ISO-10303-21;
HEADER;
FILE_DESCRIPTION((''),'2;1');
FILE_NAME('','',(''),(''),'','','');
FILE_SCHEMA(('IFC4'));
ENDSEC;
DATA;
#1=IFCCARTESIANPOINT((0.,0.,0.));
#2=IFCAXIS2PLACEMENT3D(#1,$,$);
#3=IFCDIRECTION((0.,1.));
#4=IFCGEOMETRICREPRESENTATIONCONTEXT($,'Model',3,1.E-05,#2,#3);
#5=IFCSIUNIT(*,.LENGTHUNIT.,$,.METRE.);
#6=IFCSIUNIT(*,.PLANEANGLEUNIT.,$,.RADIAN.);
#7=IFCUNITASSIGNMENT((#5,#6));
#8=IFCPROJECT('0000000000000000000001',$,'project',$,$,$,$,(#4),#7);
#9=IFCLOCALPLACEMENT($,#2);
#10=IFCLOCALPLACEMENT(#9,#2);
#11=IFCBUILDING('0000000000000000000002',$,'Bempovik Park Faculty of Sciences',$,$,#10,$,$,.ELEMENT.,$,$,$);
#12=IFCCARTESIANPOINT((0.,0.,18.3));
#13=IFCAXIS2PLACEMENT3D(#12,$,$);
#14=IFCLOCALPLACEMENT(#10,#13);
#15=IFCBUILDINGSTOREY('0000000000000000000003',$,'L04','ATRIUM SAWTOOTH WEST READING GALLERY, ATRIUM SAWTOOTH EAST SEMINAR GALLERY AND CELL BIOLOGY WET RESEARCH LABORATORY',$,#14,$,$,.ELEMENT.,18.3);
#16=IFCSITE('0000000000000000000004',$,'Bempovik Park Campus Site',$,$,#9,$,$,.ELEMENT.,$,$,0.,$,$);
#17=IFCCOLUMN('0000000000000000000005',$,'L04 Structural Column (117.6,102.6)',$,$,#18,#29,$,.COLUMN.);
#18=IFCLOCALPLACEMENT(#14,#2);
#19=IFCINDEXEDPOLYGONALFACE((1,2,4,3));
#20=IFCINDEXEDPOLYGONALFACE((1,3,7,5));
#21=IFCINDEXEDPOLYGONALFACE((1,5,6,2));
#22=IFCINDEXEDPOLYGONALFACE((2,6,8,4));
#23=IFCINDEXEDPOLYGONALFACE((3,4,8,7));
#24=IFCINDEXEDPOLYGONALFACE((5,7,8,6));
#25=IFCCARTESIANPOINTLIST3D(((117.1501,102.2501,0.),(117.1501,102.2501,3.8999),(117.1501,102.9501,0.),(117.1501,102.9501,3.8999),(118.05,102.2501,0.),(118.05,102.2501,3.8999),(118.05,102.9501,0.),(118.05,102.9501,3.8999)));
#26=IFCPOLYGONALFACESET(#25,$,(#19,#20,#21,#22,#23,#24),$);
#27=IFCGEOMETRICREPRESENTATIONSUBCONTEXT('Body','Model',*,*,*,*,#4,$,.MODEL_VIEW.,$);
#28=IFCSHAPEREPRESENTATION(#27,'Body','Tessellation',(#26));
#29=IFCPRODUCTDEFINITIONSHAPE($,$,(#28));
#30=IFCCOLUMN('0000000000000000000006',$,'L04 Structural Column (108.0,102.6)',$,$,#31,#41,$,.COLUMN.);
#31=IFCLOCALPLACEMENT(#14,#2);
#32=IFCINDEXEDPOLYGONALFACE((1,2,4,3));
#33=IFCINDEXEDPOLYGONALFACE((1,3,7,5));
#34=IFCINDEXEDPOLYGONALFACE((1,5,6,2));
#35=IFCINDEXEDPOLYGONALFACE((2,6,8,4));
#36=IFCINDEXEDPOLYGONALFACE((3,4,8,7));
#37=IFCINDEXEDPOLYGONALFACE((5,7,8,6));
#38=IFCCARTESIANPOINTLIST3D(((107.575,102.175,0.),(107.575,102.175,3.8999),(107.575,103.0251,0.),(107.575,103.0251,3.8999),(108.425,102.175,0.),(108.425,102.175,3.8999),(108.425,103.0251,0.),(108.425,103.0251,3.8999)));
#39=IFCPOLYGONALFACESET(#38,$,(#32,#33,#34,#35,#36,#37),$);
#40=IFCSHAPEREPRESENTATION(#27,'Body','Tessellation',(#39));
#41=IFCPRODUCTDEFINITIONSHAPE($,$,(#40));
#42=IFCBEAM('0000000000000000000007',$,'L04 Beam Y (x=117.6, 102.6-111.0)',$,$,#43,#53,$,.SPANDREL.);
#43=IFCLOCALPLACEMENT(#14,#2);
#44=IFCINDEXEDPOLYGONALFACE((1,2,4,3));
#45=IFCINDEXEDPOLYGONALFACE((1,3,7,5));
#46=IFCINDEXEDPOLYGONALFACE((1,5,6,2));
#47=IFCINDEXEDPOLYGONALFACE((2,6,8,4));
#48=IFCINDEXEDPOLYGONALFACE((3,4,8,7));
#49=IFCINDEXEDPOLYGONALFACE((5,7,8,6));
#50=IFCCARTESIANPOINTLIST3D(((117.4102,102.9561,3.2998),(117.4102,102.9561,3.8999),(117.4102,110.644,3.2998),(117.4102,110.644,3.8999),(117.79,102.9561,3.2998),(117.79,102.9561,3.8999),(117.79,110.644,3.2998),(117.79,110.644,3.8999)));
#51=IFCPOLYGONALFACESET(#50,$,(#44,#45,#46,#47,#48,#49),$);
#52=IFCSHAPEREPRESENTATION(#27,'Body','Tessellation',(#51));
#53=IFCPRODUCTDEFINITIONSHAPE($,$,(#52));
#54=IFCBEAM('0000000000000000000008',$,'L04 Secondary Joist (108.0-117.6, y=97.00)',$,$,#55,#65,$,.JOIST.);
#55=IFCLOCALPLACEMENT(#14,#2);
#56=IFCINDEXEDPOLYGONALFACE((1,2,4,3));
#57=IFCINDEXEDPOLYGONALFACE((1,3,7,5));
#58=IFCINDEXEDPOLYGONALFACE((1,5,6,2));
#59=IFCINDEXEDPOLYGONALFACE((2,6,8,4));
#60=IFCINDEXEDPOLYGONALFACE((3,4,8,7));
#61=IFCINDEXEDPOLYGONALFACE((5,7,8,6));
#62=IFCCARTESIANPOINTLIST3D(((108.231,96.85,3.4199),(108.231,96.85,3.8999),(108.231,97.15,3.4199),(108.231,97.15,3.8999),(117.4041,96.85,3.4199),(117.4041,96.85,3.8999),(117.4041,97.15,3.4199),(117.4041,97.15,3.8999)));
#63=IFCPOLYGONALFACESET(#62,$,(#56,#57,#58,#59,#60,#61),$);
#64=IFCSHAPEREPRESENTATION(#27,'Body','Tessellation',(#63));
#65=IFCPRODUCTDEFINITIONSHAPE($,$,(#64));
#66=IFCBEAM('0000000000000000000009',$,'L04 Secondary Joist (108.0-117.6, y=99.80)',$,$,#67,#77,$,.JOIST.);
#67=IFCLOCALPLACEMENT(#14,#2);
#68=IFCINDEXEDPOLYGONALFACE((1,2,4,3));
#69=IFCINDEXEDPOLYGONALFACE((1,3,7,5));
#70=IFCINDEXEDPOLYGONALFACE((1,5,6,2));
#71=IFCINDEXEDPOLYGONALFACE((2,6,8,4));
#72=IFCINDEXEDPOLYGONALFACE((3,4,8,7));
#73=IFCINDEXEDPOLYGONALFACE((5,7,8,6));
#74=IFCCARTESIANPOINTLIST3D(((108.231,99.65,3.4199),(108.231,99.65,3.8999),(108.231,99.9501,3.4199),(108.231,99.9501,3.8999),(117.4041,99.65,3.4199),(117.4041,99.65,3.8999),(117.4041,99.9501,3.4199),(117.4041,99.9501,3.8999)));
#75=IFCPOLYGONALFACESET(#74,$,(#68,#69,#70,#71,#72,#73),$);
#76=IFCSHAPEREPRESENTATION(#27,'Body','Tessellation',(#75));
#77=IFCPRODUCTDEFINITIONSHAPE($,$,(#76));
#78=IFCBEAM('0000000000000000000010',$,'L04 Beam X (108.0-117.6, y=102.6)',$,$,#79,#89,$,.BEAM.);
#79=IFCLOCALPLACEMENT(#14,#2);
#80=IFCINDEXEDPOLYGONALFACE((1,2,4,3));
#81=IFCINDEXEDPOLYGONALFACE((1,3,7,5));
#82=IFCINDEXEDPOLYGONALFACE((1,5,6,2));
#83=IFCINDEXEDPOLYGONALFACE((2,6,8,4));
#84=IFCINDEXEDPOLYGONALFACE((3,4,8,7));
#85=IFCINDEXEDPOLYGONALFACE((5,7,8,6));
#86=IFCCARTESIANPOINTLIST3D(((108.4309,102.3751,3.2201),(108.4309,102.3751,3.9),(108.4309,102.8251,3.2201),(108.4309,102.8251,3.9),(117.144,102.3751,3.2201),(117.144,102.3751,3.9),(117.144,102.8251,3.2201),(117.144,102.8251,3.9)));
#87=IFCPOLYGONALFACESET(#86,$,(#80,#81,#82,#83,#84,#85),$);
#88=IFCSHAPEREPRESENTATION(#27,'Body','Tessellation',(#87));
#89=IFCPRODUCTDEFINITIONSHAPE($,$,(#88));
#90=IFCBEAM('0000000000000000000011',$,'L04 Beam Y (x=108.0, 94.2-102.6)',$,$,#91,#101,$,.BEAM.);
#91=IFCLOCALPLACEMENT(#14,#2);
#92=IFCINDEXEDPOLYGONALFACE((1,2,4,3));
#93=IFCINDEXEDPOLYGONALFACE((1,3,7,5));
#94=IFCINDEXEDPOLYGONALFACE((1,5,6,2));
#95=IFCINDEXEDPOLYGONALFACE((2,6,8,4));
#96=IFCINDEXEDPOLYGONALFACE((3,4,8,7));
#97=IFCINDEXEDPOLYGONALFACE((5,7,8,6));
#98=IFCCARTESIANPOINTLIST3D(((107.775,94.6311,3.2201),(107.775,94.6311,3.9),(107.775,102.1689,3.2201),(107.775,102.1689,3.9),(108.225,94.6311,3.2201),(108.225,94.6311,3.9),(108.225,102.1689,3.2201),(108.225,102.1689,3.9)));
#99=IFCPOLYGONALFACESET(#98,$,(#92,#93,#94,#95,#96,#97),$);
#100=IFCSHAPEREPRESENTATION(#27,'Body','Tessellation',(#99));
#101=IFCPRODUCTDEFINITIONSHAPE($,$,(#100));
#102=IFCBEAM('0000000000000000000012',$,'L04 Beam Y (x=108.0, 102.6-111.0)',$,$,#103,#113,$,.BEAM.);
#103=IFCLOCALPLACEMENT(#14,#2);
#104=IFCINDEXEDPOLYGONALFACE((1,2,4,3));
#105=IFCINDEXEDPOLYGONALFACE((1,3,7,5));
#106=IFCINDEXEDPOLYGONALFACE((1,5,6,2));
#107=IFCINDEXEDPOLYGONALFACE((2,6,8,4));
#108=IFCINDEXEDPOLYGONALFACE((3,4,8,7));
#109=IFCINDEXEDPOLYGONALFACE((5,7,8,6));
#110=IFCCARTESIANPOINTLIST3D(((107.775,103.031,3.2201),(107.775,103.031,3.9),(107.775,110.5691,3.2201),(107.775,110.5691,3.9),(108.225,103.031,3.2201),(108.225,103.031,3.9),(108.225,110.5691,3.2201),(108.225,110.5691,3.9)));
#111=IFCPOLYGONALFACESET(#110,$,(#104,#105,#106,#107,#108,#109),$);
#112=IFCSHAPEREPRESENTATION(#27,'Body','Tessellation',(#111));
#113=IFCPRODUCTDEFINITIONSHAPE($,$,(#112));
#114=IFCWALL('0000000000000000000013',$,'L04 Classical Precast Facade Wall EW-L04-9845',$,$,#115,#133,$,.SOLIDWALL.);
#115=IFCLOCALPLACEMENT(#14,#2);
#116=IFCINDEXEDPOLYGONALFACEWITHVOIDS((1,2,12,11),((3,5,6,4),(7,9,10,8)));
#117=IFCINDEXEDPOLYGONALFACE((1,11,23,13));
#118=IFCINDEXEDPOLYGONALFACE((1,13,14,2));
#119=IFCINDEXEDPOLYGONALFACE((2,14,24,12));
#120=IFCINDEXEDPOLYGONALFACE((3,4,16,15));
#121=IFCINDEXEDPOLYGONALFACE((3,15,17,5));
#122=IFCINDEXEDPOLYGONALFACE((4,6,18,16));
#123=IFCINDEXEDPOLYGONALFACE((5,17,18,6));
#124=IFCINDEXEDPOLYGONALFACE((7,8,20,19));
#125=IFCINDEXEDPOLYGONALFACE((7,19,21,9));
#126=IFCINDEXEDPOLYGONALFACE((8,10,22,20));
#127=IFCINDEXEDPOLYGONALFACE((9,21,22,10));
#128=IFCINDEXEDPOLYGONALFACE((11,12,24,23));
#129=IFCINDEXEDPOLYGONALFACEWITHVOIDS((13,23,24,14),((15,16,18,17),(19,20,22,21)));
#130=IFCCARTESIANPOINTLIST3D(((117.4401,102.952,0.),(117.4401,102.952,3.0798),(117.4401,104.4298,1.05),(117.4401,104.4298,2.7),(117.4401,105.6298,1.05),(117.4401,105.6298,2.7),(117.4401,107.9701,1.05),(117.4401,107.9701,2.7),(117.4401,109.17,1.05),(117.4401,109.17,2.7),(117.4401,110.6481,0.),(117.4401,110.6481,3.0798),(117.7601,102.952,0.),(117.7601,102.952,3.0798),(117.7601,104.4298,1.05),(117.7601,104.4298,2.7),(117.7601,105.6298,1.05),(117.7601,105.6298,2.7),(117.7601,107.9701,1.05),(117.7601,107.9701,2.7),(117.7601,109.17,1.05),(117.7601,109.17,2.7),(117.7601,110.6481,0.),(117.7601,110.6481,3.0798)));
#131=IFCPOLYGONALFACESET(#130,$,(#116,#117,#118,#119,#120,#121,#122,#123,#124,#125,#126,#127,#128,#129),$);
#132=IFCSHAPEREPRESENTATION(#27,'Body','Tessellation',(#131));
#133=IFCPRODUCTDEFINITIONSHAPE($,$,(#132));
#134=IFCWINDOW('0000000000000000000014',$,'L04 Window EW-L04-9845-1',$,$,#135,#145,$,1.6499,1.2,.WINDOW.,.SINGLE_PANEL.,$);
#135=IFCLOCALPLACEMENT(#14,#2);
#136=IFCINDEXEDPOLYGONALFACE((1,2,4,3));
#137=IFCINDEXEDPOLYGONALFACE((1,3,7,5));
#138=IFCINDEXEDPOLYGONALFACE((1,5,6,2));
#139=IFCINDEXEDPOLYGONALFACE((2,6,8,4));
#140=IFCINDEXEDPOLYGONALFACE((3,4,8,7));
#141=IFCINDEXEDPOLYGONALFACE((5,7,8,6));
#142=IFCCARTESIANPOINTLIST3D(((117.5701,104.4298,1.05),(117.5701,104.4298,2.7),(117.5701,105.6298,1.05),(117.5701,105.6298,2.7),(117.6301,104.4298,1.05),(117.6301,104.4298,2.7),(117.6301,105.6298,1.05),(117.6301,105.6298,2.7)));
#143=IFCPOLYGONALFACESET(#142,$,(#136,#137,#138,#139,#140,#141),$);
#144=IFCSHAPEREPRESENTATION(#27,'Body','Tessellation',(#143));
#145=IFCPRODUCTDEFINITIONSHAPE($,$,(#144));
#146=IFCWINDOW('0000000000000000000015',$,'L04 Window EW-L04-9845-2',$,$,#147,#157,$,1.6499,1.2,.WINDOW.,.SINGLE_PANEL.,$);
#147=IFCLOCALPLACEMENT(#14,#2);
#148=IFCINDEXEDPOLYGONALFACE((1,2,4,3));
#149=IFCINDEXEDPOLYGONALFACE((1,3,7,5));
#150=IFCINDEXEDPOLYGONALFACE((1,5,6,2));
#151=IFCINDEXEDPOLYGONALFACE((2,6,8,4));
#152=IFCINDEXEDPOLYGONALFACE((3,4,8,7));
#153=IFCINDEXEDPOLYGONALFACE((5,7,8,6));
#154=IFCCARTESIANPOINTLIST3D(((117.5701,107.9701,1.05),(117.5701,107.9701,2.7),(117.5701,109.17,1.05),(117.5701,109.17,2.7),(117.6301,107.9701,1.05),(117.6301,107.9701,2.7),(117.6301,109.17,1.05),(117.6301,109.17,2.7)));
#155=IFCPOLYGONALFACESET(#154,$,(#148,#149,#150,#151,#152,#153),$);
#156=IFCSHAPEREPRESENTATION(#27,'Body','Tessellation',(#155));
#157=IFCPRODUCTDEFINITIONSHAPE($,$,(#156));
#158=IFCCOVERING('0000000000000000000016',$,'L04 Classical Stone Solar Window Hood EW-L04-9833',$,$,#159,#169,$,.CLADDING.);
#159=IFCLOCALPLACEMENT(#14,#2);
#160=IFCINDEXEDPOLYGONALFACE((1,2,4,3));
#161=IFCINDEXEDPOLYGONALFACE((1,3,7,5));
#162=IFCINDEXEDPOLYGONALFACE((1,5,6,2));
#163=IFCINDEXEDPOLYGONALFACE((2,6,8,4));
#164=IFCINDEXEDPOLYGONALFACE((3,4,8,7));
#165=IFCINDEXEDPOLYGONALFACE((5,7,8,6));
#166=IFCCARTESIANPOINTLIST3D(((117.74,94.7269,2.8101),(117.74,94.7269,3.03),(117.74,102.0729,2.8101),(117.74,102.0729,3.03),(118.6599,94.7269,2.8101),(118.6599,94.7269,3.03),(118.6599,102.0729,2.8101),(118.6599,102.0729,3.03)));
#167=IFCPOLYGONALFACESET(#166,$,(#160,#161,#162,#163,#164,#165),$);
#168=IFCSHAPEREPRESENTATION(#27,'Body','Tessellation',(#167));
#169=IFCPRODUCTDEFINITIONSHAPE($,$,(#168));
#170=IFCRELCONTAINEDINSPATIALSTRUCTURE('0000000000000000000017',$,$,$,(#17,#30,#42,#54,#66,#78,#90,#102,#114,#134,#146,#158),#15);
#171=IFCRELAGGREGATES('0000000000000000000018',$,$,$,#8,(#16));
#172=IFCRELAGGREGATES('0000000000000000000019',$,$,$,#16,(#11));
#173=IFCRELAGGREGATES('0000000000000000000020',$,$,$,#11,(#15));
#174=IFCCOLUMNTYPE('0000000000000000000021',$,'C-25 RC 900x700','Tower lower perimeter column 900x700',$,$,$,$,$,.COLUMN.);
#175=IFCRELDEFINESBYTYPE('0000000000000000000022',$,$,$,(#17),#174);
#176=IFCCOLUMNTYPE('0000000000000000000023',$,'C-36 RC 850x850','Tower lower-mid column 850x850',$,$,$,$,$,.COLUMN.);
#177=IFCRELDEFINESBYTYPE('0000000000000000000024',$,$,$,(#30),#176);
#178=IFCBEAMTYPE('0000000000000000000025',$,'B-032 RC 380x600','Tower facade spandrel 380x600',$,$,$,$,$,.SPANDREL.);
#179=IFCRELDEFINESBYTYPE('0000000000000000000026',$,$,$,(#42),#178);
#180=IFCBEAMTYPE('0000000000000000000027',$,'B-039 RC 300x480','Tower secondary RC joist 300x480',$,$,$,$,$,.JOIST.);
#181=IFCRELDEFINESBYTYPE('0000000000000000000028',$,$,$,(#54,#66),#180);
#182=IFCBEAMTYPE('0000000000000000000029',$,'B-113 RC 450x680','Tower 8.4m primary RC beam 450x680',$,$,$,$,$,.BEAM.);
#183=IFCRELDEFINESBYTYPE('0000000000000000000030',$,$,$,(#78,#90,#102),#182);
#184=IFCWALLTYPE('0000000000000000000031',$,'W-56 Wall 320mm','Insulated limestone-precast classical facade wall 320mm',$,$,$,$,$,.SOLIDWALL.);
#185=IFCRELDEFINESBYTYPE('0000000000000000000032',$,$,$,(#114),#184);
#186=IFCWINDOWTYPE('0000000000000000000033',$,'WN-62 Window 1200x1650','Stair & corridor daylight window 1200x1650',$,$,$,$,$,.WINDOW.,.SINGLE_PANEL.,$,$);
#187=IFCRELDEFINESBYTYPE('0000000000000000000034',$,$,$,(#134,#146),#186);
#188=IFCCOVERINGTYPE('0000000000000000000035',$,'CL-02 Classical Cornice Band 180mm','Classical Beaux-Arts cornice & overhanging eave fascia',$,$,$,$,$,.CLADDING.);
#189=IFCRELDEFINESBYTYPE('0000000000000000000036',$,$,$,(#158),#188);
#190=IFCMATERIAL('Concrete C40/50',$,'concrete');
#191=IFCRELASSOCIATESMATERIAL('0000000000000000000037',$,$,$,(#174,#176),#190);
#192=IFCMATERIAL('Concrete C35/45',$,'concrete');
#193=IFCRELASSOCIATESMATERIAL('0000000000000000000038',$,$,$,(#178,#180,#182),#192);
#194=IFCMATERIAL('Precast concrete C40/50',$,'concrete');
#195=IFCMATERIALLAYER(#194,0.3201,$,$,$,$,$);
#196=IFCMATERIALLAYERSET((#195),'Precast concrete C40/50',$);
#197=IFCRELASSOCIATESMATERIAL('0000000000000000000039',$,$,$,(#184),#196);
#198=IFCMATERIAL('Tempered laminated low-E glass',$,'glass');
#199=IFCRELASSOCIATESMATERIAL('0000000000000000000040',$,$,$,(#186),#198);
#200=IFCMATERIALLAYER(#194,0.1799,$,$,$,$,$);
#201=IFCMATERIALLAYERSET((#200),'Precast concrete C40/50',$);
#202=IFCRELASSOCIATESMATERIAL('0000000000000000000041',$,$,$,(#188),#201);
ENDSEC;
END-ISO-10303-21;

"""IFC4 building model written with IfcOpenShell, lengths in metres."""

from ifc_helpers import new_model, si_unit, direction, frame, frame_2d, origin, origin_2d, place, context, subcontext, project, spatial, rectangle, extrude, material, layer, layer_set, material_profile, profile_set, type_object, element, fill, save


model = new_model("IFC4")

# Units and contexts
model_context = context("Model", 3, precision=1e-05, world=origin(), true_north=direction((0.0, 1.0)))
body_context = subcontext(model_context, "Body", "Model", "MODEL_VIEW")
ifc_project = project(units=[si_unit("LENGTHUNIT", "METRE"), si_unit("PLANEANGLEUNIT", "RADIAN")], contexts=[model_context])

# Site, building, storey
site_placement = place(None, origin())
site = spatial("IfcSite", under=ifc_project, at=site_placement, Name="Bempovik Park Campus Site", CompositionType="ELEMENT", RefElevation=0.0)
building_placement = place(site_placement, origin())
building = spatial("IfcBuilding", under=site, at=building_placement, Name="Bempovik Park Faculty of Sciences", CompositionType="ELEMENT")
storey_placement = place(building_placement, frame((0.0, 0.0, 18.3)))
storey = spatial("IfcBuildingStorey", under=building, at=storey_placement, Name="L04", Description="ATRIUM SAWTOOTH WEST READING GALLERY, ATRIUM SAWTOOTH EAST SEMINAR GALLERY AND CELL BIOLOGY WET RESEARCH LABORATORY", CompositionType="ELEMENT", Elevation=18.3)

# Columns
ifc_material_1 = material(Name="Concrete C40/50", Category="concrete")
ifc_material_profile_1 = material_profile(ifc_material_1, rectangle(XDim=0.8999, YDim=0.7, at=origin_2d()), Name="RC 900x700")
ifc_profile_set_1 = profile_set([ifc_material_profile_1], Name="Concrete C40/50")
column_type_1 = type_object("IfcColumnType", Name="C-25 RC 900x700", Description="Tower lower perimeter column 900x700", PredefinedType="COLUMN", material=ifc_profile_set_1)
column_1_placement = place(storey_placement, frame((117.6001, 102.6001, 0.0), z_axis=(0.0, 0.0, 1.0), x_axis=(1.0, 0.0, 0.0)))
element("IfcColumn", 1, at=column_1_placement, inside=storey, type_object=column_type_1, Name="L04 Structural Column (117.6,102.6)", PredefinedType="COLUMN", context=body_context, shape_type="SweptSolid", body=[
    extrude(rectangle(XDim=0.8999, YDim=0.7, at=origin_2d()), origin(), (0.0, 0.0, 1.0), 3.8999),
])
ifc_material_profile_2 = material_profile(ifc_material_1, rectangle(XDim=0.8501, YDim=0.8501, at=origin_2d()), Name="RC 850x850")
ifc_profile_set_2 = profile_set([ifc_material_profile_2], Name="Concrete C40/50")
column_type_2 = type_object("IfcColumnType", Name="C-36 RC 850x850", Description="Tower lower-mid column 850x850", PredefinedType="COLUMN", material=ifc_profile_set_2)
column_2_placement = place(storey_placement, frame((108.0, 102.6001, 0.0), z_axis=(0.0, 0.0, 1.0), x_axis=(1.0, 0.0, 0.0)))
element("IfcColumn", 2, at=column_2_placement, inside=storey, type_object=column_type_2, Name="L04 Structural Column (108.0,102.6)", PredefinedType="COLUMN", context=body_context, shape_type="SweptSolid", body=[
    extrude(rectangle(XDim=0.8501, YDim=0.8501, at=origin_2d()), origin(), (0.0, 0.0, 1.0), 3.8999),
])

# Beams
ifc_material_2 = material(Name="Concrete C35/45", Category="concrete")
ifc_material_profile_3 = material_profile(ifc_material_2, rectangle(XDim=0.3799, YDim=0.6001, at=origin_2d()), Name="RC 380x600")
ifc_profile_set_3 = profile_set([ifc_material_profile_3], Name="Concrete C35/45")
beam_type_1 = type_object("IfcBeamType", Name="B-032 RC 380x600", Description="Tower facade spandrel 380x600", PredefinedType="SPANDREL", material=ifc_profile_set_3)
beam_1_placement = place(storey_placement, frame((117.6001, 102.9561, 3.5999), z_axis=(0.0, 1.0, 0.0), x_axis=(-1.0, 0.0, 0.0)))
element("IfcBeam", 3, at=beam_1_placement, inside=storey, type_object=beam_type_1, Name="L04 Beam Y (x=117.6, 102.6-111.0)", PredefinedType="SPANDREL", context=body_context, shape_type="SweptSolid", body=[
    extrude(rectangle(XDim=0.3799, YDim=0.6001, at=origin_2d()), origin(), (0.0, 0.0, 1.0), 7.688),
])
ifc_material_profile_4 = material_profile(ifc_material_2, rectangle(XDim=0.3, YDim=0.48, at=origin_2d()), Name="RC 300x480")
ifc_profile_set_4 = profile_set([ifc_material_profile_4], Name="Concrete C35/45")
beam_type_2 = type_object("IfcBeamType", Name="B-039 RC 300x480", Description="Tower secondary RC joist 300x480", PredefinedType="JOIST", material=ifc_profile_set_4)
for number, where, z_axis, x_axis, name in (
    (4, (108.231, 97.0, 3.6599), (1.0, 0.0, 0.0), (0.0, 1.0, 0.0), "L04 Secondary Joist (108.0-117.6, y=97.00)"),
    (5, (108.231, 99.8, 3.6599), (1.0, 0.0, 0.0), (0.0, 1.0, 0.0), "L04 Secondary Joist (108.0-117.6, y=99.80)"),
):
    element("IfcBeam", number, at=place(storey_placement, frame(where, z_axis=z_axis, x_axis=x_axis)), inside=storey, type_object=beam_type_2, Name=name, PredefinedType="JOIST", context=body_context, shape_type="SweptSolid", body=[
        extrude(rectangle(XDim=0.3, YDim=0.48, at=origin_2d()), origin(), (0.0, 0.0, 1.0), 9.1731),
    ])
ifc_material_profile_5 = material_profile(ifc_material_2, rectangle(XDim=0.45, YDim=0.6799, at=origin_2d()), Name="RC 450x680")
ifc_profile_set_5 = profile_set([ifc_material_profile_5], Name="Concrete C35/45")
beam_type_3 = type_object("IfcBeamType", Name="B-113 RC 450x680", Description="Tower 8.4m primary RC beam 450x680", PredefinedType="BEAM", material=ifc_profile_set_5)
beam_2_placement = place(storey_placement, frame((108.4309, 102.6001, 3.5601), z_axis=(1.0, 0.0, 0.0), x_axis=(0.0, 1.0, 0.0)))
element("IfcBeam", 6, at=beam_2_placement, inside=storey, type_object=beam_type_3, Name="L04 Beam X (108.0-117.6, y=102.6)", PredefinedType="BEAM", context=body_context, shape_type="SweptSolid", body=[
    extrude(rectangle(XDim=0.45, YDim=0.6799, at=origin_2d()), origin(), (0.0, 0.0, 1.0), 8.7131),
])
beam_3_placement = place(storey_placement, frame((108.0, 94.6311, 3.5601), z_axis=(0.0, 1.0, 0.0), x_axis=(-1.0, 0.0, 0.0)))
element("IfcBeam", 7, at=beam_3_placement, inside=storey, type_object=beam_type_3, Name="L04 Beam Y (x=108.0, 94.2-102.6)", PredefinedType="BEAM", context=body_context, shape_type="SweptSolid", body=[
    extrude(rectangle(XDim=0.45, YDim=0.6799, at=origin_2d()), origin(), (0.0, 0.0, 1.0), 7.5378),
])
beam_4_placement = place(storey_placement, frame((108.0, 103.031, 3.5601), z_axis=(0.0, 1.0, 0.0), x_axis=(-1.0, 0.0, 0.0)))
element("IfcBeam", 8, at=beam_4_placement, inside=storey, type_object=beam_type_3, Name="L04 Beam Y (x=108.0, 102.6-111.0)", PredefinedType="BEAM", context=body_context, shape_type="SweptSolid", body=[
    extrude(rectangle(XDim=0.45, YDim=0.6799, at=origin_2d()), origin(), (0.0, 0.0, 1.0), 7.5381),
])

# Wall, openings, windows
ifc_material_3 = material(Name="Precast concrete C40/50", Category="concrete")
ifc_layer_1 = layer(ifc_material_3, 0.3201)
ifc_layer_set_1 = layer_set([ifc_layer_1], Name="Precast concrete C40/50")
wall_type = type_object("IfcWallType", Name="W-56 Wall 320mm", Description="Insulated limestone-precast classical facade wall 320mm", PredefinedType="SOLIDWALL", material=ifc_layer_set_1)
wall_placement = place(storey_placement, frame((117.6001, 102.9519, 0.0), z_axis=(0.0, 0.0, 1.0), x_axis=(0.0, 1.0, 0.0)))
wall = element("IfcWall", 9, at=wall_placement, inside=storey, type_object=wall_type, Name="L04 Classical Precast Facade Wall EW-L04-9845", PredefinedType="SOLIDWALL", context=body_context, shape_type="SweptSolid", body=[
    extrude(rectangle(XDim=7.696, YDim=0.3201, at=frame_2d((3.8481, 0.0))), origin(), (0.0, 0.0, 1.0), 3.0798),
])
opening_1_placement = place(wall_placement, frame((1.4778, 0.0, 1.05)))
opening_1 = element("IfcOpeningElement", 10, at=opening_1_placement, cuts=wall, PredefinedType="OPENING", context=body_context, shape_type="SweptSolid", body=[
    extrude(rectangle(XDim=1.2, YDim=1.6499, at=frame_2d((0.6001, 0.825))), frame((0.0, 0.1699, 0.0), z_axis=(0.0, -1.0, 0.0), x_axis=(1.0, 0.0, 0.0)), (0.0, 0.0, 1.0), 0.3401),
])
opening_2_placement = place(wall_placement, frame((5.0181, 0.0, 1.05)))
opening_2 = element("IfcOpeningElement", 11, at=opening_2_placement, cuts=wall, PredefinedType="OPENING", context=body_context, shape_type="SweptSolid", body=[
    extrude(rectangle(XDim=1.2, YDim=1.6499, at=frame_2d((0.6001, 0.825))), frame((0.0, 0.1699, 0.0), z_axis=(0.0, -1.0, 0.0), x_axis=(1.0, 0.0, 0.0)), (0.0, 0.0, 1.0), 0.3401),
])
ifc_material_4 = material(Name="Tempered laminated low-E glass", Category="glass")
window_type = type_object("IfcWindowType", Name="WN-62 Window 1200x1650", Description="Stair & corridor daylight window 1200x1650", PartitioningType="SINGLE_PANEL", PredefinedType="WINDOW", material=ifc_material_4)
window_1_placement = place(opening_1_placement, origin())
window_1 = element("IfcWindow", 12, at=window_1_placement, inside=storey, type_object=window_type, Name="L04 Window EW-L04-9845-1", OverallHeight=1.6499, OverallWidth=1.2, PartitioningType="SINGLE_PANEL", PredefinedType="WINDOW", context=body_context, shape_type="SweptSolid", body=[
    extrude(rectangle(XDim=1.2, YDim=1.6499, at=frame_2d((0.6001, 0.825))), frame((0.0, 0.03, 0.0), z_axis=(0.0, -1.0, 0.0), x_axis=(1.0, 0.0, 0.0)), (0.0, 0.0, 1.0), 0.0601),
])
fill(opening_1, window_1)
window_2_placement = place(opening_2_placement, origin())
window_2 = element("IfcWindow", 13, at=window_2_placement, inside=storey, type_object=window_type, Name="L04 Window EW-L04-9845-2", OverallHeight=1.6499, OverallWidth=1.2, PartitioningType="SINGLE_PANEL", PredefinedType="WINDOW", context=body_context, shape_type="SweptSolid", body=[
    extrude(rectangle(XDim=1.2, YDim=1.6499, at=frame_2d((0.6001, 0.825))), frame((0.0, 0.03, 0.0), z_axis=(0.0, -1.0, 0.0), x_axis=(1.0, 0.0, 0.0)), (0.0, 0.0, 1.0), 0.0601),
])
fill(opening_2, window_2)

# Covering
ifc_layer_2 = layer(ifc_material_3, 0.1799)
ifc_layer_set_2 = layer_set([ifc_layer_2], Name="Precast concrete C40/50")
covering_type_1 = type_object("IfcCoveringType", Name="CL-02 Classical Cornice Band 180mm", Description="Classical Beaux-Arts cornice & overhanging eave fascia", PredefinedType="CLADDING", material=ifc_layer_set_2)
covering_1_placement = place(storey_placement, frame((118.2, 98.3999, 2.8101), z_axis=(0.0, 0.0, 1.0), x_axis=(1.0, 0.0, 0.0)))
element("IfcCovering", 14, at=covering_1_placement, inside=storey, type_object=covering_type_1, Name="L04 Classical Stone Solar Window Hood EW-L04-9833", PredefinedType="CLADDING", context=body_context, shape_type="SweptSolid", body=[
    extrude(rectangle(XDim=0.9199, YDim=7.3459, at=origin_2d()), origin(), (0.0, 0.0, 1.0), 0.22),
])

save(model, "model.ifc")
